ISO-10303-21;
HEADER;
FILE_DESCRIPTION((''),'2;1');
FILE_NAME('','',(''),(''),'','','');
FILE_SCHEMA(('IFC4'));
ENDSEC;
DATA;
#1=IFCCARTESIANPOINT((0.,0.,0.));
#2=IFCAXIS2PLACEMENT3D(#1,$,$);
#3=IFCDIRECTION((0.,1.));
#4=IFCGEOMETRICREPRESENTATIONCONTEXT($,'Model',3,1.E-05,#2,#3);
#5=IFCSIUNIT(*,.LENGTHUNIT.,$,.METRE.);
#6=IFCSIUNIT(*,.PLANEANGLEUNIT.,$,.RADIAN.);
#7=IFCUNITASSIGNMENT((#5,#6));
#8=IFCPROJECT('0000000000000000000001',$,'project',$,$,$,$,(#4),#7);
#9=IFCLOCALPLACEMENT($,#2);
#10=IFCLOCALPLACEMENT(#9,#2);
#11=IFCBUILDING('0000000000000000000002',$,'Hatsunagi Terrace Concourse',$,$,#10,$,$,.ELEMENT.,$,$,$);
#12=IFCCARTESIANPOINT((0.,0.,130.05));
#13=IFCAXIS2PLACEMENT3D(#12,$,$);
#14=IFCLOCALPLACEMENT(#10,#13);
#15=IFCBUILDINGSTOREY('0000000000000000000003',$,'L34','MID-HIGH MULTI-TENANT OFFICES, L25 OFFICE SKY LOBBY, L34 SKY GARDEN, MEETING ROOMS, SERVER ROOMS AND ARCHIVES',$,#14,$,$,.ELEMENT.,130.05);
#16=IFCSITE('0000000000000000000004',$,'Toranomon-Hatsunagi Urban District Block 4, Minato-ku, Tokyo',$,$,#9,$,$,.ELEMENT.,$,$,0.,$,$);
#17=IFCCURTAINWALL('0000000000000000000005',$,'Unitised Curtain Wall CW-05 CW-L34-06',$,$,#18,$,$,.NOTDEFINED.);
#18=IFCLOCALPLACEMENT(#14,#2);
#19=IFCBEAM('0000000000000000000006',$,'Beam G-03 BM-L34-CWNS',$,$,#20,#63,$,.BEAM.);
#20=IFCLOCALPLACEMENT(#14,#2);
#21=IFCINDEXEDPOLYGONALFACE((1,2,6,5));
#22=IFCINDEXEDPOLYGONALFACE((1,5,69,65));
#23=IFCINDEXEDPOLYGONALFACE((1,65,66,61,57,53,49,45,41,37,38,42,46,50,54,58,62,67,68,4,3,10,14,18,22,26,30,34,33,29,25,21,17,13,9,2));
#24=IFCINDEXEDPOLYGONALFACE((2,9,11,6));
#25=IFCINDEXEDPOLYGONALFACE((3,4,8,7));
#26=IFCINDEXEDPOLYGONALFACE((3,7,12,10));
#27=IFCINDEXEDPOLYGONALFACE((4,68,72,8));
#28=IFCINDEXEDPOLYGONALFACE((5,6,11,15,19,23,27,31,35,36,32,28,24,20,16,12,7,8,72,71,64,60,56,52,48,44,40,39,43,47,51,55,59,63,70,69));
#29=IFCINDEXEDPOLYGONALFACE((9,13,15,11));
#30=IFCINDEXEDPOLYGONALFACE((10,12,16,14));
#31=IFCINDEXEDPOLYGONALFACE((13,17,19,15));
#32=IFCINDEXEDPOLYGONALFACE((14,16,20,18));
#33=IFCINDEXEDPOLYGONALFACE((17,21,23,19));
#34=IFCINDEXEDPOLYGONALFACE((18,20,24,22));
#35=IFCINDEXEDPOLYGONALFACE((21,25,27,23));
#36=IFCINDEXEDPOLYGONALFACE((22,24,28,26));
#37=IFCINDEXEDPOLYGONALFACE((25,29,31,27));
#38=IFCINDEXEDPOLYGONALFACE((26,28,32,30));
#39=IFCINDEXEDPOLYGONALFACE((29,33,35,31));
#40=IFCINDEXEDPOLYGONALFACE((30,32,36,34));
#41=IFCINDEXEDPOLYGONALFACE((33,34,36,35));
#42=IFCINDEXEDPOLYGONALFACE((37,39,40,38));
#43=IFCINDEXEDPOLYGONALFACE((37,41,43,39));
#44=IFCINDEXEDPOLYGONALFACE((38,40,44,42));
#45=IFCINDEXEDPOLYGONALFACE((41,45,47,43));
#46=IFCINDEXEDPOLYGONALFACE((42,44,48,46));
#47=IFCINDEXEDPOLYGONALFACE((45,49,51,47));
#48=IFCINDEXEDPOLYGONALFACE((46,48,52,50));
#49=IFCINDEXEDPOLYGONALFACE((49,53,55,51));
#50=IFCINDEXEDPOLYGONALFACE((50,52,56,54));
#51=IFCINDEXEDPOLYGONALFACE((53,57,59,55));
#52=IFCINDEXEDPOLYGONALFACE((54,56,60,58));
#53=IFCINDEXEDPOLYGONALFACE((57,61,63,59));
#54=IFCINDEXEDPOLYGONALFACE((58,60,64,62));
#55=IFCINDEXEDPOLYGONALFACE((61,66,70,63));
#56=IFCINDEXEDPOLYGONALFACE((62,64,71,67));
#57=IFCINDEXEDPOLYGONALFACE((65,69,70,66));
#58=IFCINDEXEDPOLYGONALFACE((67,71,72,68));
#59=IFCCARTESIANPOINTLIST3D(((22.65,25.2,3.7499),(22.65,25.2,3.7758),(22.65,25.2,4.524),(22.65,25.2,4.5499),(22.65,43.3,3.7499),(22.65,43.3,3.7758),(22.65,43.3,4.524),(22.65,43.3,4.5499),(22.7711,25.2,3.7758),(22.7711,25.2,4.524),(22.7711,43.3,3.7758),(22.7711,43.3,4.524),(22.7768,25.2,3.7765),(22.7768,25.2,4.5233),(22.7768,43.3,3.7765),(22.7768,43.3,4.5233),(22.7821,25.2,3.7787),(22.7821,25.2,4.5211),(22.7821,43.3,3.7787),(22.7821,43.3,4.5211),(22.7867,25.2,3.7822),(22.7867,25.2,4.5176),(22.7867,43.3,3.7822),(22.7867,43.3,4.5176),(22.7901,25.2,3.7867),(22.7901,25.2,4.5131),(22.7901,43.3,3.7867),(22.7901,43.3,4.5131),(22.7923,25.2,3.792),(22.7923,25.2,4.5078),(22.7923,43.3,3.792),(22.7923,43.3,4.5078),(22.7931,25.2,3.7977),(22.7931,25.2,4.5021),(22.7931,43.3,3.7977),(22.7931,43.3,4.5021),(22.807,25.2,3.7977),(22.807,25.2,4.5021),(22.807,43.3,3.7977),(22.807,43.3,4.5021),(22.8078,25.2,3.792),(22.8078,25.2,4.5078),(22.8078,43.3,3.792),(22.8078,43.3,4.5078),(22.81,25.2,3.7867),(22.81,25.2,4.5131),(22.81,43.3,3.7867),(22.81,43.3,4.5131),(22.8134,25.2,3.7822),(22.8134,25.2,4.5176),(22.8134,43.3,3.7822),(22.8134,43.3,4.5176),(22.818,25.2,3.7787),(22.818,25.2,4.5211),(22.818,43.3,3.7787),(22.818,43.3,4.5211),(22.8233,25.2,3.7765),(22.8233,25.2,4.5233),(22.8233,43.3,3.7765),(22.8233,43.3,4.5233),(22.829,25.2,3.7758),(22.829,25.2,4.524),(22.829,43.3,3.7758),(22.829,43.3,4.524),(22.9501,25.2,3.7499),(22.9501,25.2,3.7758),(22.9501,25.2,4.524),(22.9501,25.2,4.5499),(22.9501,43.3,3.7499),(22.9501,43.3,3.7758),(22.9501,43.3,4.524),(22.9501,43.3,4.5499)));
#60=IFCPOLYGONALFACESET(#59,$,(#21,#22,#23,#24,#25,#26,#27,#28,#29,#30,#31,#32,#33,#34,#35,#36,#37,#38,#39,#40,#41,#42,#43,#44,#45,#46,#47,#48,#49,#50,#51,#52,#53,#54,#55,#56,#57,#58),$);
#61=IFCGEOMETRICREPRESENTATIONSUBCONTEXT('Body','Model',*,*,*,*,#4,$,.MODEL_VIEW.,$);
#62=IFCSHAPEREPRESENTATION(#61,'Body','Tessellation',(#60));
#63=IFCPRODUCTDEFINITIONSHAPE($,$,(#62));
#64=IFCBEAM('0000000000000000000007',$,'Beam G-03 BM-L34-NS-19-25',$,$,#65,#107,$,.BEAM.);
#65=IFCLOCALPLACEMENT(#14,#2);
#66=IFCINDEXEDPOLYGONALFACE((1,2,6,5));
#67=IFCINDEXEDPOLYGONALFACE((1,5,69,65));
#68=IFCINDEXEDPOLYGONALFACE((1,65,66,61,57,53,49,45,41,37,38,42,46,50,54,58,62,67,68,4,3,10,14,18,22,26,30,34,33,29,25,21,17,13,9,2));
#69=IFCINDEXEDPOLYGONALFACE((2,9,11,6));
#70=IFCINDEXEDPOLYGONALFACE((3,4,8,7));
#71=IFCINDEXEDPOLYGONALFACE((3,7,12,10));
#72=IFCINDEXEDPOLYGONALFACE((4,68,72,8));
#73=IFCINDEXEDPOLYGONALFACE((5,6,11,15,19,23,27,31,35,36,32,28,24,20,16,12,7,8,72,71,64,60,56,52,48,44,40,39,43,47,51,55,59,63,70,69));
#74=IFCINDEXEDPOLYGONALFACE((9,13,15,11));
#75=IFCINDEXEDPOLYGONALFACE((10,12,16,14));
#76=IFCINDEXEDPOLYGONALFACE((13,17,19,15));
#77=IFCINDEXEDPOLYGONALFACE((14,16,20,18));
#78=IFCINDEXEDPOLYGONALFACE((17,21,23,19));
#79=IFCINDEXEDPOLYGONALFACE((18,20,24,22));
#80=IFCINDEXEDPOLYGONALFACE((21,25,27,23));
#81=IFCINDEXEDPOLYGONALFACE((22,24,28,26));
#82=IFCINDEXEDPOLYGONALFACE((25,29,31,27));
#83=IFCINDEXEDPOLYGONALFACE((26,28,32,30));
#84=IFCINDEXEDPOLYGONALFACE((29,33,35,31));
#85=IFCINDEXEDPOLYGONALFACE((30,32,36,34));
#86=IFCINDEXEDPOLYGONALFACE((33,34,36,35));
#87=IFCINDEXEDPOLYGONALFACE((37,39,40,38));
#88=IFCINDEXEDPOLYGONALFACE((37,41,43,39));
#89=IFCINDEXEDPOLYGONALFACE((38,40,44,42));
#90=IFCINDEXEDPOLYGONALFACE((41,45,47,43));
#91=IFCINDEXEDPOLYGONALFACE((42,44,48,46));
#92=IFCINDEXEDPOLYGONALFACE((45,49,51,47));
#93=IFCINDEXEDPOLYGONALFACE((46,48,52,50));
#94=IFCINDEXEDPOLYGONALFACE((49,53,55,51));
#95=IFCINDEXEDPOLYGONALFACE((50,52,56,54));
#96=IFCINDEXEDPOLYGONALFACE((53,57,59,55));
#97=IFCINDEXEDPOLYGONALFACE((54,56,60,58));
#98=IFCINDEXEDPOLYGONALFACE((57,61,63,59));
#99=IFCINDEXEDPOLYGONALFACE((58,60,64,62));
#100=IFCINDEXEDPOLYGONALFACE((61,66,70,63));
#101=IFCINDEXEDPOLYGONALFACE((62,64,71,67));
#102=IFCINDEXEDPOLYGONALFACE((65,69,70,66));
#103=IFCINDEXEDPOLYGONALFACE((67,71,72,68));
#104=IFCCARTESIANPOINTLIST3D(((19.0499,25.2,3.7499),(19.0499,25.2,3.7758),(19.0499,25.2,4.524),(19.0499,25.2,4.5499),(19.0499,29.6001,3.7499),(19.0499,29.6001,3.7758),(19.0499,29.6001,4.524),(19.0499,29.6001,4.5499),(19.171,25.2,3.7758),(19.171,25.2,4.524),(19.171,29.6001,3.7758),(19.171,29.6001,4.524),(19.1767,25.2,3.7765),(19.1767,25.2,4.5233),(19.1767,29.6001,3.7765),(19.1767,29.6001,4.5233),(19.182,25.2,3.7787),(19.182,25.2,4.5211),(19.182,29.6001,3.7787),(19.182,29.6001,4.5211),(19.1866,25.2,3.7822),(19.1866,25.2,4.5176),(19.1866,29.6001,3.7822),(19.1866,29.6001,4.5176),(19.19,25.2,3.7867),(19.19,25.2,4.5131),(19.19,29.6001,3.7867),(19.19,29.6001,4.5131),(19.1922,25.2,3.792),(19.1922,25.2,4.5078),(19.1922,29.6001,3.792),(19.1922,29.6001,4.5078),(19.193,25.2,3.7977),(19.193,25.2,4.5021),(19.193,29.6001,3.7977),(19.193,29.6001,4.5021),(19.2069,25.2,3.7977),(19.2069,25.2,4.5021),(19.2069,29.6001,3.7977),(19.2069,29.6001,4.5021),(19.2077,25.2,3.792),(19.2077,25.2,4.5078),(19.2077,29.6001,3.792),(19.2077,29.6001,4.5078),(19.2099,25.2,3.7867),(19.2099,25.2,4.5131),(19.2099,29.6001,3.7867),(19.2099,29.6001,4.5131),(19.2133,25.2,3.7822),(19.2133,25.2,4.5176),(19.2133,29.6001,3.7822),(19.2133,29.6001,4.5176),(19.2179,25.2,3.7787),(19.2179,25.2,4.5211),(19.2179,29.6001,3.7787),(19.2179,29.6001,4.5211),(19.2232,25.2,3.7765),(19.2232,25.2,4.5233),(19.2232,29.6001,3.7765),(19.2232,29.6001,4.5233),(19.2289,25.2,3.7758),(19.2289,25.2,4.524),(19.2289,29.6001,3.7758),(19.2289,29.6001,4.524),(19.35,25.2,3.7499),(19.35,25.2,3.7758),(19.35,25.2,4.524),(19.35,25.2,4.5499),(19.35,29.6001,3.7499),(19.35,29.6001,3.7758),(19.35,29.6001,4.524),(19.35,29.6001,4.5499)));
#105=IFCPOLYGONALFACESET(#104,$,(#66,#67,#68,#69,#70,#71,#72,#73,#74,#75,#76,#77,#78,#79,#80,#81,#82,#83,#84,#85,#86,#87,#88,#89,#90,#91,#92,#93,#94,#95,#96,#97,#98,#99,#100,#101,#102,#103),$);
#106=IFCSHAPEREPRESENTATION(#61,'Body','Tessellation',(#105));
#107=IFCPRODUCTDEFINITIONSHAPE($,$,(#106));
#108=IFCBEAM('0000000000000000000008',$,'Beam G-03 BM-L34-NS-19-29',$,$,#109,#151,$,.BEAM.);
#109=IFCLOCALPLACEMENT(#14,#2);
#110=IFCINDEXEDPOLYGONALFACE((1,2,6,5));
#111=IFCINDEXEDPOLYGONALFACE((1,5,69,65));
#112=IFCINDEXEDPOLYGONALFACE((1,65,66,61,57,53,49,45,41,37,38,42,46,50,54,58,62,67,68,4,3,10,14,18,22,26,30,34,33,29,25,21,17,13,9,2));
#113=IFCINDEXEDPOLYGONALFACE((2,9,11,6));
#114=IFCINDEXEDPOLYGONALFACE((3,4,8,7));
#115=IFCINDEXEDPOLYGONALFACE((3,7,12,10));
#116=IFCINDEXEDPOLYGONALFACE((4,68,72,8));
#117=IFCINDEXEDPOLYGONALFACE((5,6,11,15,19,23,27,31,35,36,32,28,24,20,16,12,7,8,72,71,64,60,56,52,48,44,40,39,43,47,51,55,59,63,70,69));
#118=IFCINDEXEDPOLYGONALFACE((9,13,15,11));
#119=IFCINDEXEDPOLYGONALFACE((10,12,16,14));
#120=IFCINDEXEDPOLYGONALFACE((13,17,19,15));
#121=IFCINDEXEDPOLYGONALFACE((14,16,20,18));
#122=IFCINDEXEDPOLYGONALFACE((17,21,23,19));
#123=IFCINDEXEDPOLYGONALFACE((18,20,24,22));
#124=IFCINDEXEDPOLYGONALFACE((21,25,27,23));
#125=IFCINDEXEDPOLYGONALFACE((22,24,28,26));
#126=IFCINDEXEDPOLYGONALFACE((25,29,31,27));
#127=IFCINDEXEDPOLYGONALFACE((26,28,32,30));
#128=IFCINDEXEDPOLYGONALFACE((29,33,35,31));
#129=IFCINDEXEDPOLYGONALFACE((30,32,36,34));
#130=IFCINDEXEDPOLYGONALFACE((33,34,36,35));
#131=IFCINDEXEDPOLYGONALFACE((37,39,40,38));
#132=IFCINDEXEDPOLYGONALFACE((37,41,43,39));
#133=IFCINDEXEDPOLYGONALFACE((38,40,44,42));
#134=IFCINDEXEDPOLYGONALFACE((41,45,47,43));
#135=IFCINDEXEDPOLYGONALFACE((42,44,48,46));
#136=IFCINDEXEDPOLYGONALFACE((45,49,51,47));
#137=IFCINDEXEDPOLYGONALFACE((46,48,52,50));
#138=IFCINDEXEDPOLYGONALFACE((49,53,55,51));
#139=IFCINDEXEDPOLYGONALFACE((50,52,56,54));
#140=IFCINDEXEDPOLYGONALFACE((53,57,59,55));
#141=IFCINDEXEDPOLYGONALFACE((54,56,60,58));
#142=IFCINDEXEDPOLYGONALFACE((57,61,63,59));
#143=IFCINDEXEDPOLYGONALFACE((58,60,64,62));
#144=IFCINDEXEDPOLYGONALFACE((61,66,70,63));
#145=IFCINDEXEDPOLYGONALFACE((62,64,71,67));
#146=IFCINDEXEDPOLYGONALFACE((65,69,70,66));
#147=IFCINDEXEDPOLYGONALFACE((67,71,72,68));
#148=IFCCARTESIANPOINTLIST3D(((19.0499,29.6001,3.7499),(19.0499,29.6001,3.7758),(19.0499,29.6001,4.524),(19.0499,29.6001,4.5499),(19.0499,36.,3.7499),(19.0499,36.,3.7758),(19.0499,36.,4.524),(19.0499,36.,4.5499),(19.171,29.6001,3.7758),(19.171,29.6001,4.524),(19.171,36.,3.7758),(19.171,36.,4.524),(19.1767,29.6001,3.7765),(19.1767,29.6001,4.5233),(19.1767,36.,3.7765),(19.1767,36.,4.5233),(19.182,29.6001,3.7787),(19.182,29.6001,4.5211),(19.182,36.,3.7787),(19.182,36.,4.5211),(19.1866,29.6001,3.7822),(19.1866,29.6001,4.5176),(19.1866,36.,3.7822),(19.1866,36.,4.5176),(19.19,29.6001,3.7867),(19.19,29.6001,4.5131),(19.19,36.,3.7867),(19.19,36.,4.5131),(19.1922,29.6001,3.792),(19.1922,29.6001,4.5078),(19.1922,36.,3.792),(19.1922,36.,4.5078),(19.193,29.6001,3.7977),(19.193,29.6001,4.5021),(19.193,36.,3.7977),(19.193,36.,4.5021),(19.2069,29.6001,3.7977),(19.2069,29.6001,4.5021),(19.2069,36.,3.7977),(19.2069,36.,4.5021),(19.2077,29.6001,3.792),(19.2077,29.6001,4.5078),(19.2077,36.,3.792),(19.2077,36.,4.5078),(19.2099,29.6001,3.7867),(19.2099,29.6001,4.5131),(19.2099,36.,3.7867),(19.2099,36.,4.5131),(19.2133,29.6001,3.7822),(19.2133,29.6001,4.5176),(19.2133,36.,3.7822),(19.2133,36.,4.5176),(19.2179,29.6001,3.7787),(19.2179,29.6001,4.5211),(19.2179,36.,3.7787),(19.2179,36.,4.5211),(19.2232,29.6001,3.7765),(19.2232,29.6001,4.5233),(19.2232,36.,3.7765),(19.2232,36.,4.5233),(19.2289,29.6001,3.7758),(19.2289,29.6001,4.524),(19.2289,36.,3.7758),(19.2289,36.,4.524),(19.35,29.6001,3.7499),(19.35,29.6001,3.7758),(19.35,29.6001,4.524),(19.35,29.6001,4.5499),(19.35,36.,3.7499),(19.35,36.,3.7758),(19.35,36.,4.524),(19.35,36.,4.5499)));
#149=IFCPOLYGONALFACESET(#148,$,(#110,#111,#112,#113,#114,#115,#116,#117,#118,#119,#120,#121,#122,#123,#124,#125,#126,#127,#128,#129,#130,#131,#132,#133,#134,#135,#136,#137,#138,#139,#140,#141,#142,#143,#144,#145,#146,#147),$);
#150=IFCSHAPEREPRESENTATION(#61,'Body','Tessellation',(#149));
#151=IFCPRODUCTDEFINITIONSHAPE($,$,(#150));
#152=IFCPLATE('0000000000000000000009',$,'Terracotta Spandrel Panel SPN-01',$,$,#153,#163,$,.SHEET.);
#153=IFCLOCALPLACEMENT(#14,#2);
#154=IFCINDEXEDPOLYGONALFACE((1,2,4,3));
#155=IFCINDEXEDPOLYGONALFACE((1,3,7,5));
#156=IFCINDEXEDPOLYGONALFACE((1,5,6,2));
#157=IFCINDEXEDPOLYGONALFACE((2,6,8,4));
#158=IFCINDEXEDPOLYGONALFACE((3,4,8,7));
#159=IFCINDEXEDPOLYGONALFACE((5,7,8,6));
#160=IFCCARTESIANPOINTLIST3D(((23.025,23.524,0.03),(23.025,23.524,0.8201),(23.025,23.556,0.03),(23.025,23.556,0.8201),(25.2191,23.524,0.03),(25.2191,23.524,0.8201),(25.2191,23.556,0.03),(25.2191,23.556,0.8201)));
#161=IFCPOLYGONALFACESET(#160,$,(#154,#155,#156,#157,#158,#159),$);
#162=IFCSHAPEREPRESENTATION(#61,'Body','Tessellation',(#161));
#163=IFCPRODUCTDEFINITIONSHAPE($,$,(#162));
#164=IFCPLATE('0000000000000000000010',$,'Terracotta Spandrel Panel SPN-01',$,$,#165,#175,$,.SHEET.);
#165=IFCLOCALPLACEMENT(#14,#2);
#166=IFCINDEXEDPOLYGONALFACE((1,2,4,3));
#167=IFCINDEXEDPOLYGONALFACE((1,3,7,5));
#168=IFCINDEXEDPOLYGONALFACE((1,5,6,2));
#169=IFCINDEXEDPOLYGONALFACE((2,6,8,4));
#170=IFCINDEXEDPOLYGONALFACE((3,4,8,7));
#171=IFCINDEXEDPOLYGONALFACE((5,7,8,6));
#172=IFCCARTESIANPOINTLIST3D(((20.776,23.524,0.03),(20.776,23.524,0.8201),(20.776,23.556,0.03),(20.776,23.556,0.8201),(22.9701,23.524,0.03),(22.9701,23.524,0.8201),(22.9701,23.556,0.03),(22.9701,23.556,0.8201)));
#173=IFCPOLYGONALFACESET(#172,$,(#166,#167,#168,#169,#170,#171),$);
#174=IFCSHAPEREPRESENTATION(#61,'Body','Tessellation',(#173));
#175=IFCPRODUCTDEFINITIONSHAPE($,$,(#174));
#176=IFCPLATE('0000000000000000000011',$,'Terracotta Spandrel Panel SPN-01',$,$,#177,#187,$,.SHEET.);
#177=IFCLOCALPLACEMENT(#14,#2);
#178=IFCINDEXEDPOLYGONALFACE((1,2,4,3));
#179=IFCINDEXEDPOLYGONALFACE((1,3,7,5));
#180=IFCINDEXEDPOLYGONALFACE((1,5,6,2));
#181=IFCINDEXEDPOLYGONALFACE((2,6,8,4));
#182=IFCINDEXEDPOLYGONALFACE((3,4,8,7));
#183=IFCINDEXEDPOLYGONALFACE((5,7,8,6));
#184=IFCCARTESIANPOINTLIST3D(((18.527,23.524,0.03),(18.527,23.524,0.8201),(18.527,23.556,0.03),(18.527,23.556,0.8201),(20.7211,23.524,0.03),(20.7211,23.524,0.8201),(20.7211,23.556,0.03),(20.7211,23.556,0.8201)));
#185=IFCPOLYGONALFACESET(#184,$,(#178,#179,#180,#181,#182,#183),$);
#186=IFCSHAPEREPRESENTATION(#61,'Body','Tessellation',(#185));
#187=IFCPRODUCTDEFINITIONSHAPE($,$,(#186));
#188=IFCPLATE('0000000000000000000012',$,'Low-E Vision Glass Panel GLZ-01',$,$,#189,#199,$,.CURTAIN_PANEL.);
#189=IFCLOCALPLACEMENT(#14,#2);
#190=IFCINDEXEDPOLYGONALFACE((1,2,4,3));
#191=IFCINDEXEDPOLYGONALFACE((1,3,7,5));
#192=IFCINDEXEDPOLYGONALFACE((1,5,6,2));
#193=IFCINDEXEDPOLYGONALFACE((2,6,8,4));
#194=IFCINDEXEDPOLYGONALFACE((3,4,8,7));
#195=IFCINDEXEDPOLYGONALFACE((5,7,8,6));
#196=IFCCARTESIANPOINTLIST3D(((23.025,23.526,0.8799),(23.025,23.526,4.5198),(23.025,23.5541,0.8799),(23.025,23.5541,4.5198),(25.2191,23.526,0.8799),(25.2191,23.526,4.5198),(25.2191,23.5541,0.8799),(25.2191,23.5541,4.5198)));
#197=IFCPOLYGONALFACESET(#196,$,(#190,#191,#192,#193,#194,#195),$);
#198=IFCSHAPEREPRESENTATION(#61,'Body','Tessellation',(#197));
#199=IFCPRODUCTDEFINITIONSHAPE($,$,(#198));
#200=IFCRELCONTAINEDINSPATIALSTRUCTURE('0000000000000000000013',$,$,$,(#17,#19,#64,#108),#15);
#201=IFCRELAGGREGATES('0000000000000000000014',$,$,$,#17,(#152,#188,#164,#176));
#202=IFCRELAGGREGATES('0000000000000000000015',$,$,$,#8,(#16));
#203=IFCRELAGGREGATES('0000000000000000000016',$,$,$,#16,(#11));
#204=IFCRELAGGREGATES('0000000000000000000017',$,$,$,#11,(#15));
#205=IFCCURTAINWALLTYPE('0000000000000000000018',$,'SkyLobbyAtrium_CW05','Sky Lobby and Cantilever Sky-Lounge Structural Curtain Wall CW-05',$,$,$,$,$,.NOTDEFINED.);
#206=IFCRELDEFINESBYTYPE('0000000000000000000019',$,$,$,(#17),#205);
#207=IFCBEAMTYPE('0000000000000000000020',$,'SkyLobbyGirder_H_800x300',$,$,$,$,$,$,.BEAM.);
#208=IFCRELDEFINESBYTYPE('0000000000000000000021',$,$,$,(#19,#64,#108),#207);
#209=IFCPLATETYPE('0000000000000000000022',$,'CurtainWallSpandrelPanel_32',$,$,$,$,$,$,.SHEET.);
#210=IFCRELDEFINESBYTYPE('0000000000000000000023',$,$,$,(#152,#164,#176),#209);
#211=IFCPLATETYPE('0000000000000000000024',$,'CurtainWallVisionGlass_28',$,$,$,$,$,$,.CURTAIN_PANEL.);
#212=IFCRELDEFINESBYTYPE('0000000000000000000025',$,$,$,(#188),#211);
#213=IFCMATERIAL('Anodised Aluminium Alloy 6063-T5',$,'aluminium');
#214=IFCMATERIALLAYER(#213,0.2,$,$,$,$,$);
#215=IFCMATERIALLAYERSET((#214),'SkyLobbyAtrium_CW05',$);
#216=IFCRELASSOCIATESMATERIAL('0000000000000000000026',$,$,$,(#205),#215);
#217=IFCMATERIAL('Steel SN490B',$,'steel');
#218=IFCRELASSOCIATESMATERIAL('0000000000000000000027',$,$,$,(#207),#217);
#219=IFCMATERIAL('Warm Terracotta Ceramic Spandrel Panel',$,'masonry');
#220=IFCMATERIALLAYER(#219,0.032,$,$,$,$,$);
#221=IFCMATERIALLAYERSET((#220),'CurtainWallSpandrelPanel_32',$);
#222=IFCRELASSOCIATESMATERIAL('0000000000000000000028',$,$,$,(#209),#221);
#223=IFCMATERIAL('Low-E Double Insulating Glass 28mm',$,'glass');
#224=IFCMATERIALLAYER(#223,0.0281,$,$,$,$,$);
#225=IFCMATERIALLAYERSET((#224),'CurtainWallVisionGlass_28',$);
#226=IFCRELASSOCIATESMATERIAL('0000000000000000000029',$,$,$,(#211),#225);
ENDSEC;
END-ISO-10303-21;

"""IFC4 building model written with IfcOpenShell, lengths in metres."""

from ifc_helpers import new_model, si_unit, direction, frame, origin, origin_2d, place, context, subcontext, project, spatial, rectangle, i_section, extrude, material, layer, layer_set, material_profile, profile_set, type_object, element, aggregate, save


model = new_model("IFC4")

# Units and contexts
model_context = context("Model", 3, precision=1e-05, world=origin(), true_north=direction((0.0, 1.0)))
body_context = subcontext(model_context, "Body", "Model", "MODEL_VIEW")
ifc_project = project(units=[si_unit("LENGTHUNIT", "METRE"), si_unit("PLANEANGLEUNIT", "RADIAN")], contexts=[model_context])

# Site, building, storey
site_placement = place(None, origin())
site = spatial("IfcSite", under=ifc_project, at=site_placement, Name="Toranomon-Hatsunagi Urban District Block 4, Minato-ku, Tokyo", CompositionType="ELEMENT", RefElevation=0.0)
building_placement = place(site_placement, origin())
building = spatial("IfcBuilding", under=site, at=building_placement, Name="Hatsunagi Terrace Concourse", CompositionType="ELEMENT")
storey_placement = place(building_placement, frame((0.0, 0.0, 130.05)))
storey = spatial("IfcBuildingStorey", under=building, at=storey_placement, Name="L34", Description="MID-HIGH MULTI-TENANT OFFICES, L25 OFFICE SKY LOBBY, L34 SKY GARDEN, MEETING ROOMS, SERVER ROOMS AND ARCHIVES", CompositionType="ELEMENT", Elevation=130.05)

# Shared definitions
ifc_material_1 = material(Name="Anodised Aluminium Alloy 6063-T5", Category="aluminium")
ifc_layer_1 = layer(ifc_material_1, 0.2)
ifc_layer_set_1 = layer_set([ifc_layer_1], Name="SkyLobbyAtrium_CW05")
curtain_wall_type = type_object("IfcCurtainWallType", Name="SkyLobbyAtrium_CW05", Description="Sky Lobby and Cantilever Sky-Lounge Structural Curtain Wall CW-05", PredefinedType="NOTDEFINED", material=ifc_layer_set_1)

# Curtain wall
curtain_wall_1_placement = place(storey_placement, origin())
curtain_wall_1 = element("IfcCurtainWall", 1, at=curtain_wall_1_placement, inside=storey, type_object=curtain_wall_type, Name="Unitised Curtain Wall CW-05 CW-L34-06", PredefinedType="NOTDEFINED")

# Beams
ifc_material_2 = material(Name="Steel SN490B", Category="steel")
ifc_material_profile_1 = material_profile(ifc_material_2, i_section(OverallWidth=0.3, OverallDepth=0.8, WebThickness=0.0139, FlangeThickness=0.0259, FilletRadius=0.022, at=origin_2d()), Name="H-800x300x14x26")
ifc_profile_set_1 = profile_set([ifc_material_profile_1], Name="Steel SN490B")
beam_type_1 = type_object("IfcBeamType", Name="SkyLobbyGirder_H_800x300", PredefinedType="BEAM", material=ifc_profile_set_1)
beam_1_placement = place(storey_placement, frame((22.8, 25.2, 4.1499), z_axis=(0.0, 1.0, 0.0), x_axis=(-1.0, 0.0, 0.0)))
element("IfcBeam", 2, at=beam_1_placement, inside=storey, type_object=beam_type_1, Name="Beam G-03 BM-L34-CWNS", PredefinedType="BEAM", context=body_context, shape_type="SweptSolid", body=[
    extrude(i_section(OverallWidth=0.3, OverallDepth=0.8, WebThickness=0.0139, FlangeThickness=0.0259, FilletRadius=0.022, at=origin_2d()), origin(), (0.0, 0.0, 1.0), 18.1001),
])
beam_2_placement = place(storey_placement, frame((19.2, 25.2, 4.1499), z_axis=(0.0, 1.0, 0.0), x_axis=(-1.0, 0.0, 0.0)))
element("IfcBeam", 3, at=beam_2_placement, inside=storey, type_object=beam_type_1, Name="Beam G-03 BM-L34-NS-19-25", PredefinedType="BEAM", context=body_context, shape_type="SweptSolid", body=[
    extrude(i_section(OverallWidth=0.3, OverallDepth=0.8, WebThickness=0.0139, FlangeThickness=0.0259, FilletRadius=0.022, at=origin_2d()), origin(), (0.0, 0.0, 1.0), 4.4001),
])
beam_3_placement = place(storey_placement, frame((19.2, 29.6001, 4.1499), z_axis=(0.0, 1.0, 0.0), x_axis=(-1.0, 0.0, 0.0)))
element("IfcBeam", 4, at=beam_3_placement, inside=storey, type_object=beam_type_1, Name="Beam G-03 BM-L34-NS-19-29", PredefinedType="BEAM", context=body_context, shape_type="SweptSolid", body=[
    extrude(i_section(OverallWidth=0.3, OverallDepth=0.8, WebThickness=0.0139, FlangeThickness=0.0259, FilletRadius=0.022, at=origin_2d()), origin(), (0.0, 0.0, 1.0), 6.3999),
])

# Plates
ifc_material_3 = material(Name="Warm Terracotta Ceramic Spandrel Panel", Category="masonry")
ifc_layer_2 = layer(ifc_material_3, 0.032)
ifc_layer_set_2 = layer_set([ifc_layer_2], Name="CurtainWallSpandrelPanel_32")
plate_type_1 = type_object("IfcPlateType", Name="CurtainWallSpandrelPanel_32", PredefinedType="SHEET", material=ifc_layer_set_2)
plate_1_placement = place(storey_placement, frame((24.1221, 23.54, 0.03), z_axis=(0.0, 0.0, 1.0), x_axis=(-1.0, 0.0, 0.0)))
plate_1 = element("IfcPlate", 5, at=plate_1_placement, type_object=plate_type_1, Name="Terracotta Spandrel Panel SPN-01", PredefinedType="SHEET", context=body_context, shape_type="SweptSolid", body=[
    extrude(rectangle(XDim=2.1941, YDim=0.032, at=origin_2d()), origin(), (0.0, 0.0, 1.0), 0.79),
])
plate_2_placement = place(storey_placement, frame((21.873, 23.54, 0.03), z_axis=(0.0, 0.0, 1.0), x_axis=(-1.0, 0.0, 0.0)))
plate_2 = element("IfcPlate", 6, at=plate_2_placement, type_object=plate_type_1, Name="Terracotta Spandrel Panel SPN-01", PredefinedType="SHEET", context=body_context, shape_type="SweptSolid", body=[
    extrude(rectangle(XDim=2.1941, YDim=0.032, at=origin_2d()), origin(), (0.0, 0.0, 1.0), 0.79),
])
plate_3_placement = place(storey_placement, frame((19.624, 23.54, 0.03), z_axis=(0.0, 0.0, 1.0), x_axis=(-1.0, 0.0, 0.0)))
plate_3 = element("IfcPlate", 7, at=plate_3_placement, type_object=plate_type_1, Name="Terracotta Spandrel Panel SPN-01", PredefinedType="SHEET", context=body_context, shape_type="SweptSolid", body=[
    extrude(rectangle(XDim=2.1941, YDim=0.032, at=origin_2d()), origin(), (0.0, 0.0, 1.0), 0.79),
])
ifc_material_4 = material(Name="Low-E Double Insulating Glass 28mm", Category="glass")
ifc_layer_3 = layer(ifc_material_4, 0.0281)
ifc_layer_set_3 = layer_set([ifc_layer_3], Name="CurtainWallVisionGlass_28")
plate_type_2 = type_object("IfcPlateType", Name="CurtainWallVisionGlass_28", PredefinedType="CURTAIN_PANEL", material=ifc_layer_set_3)
plate_4_placement = place(storey_placement, frame((24.1221, 23.54, 0.8799), z_axis=(0.0, 0.0, 1.0), x_axis=(-1.0, 0.0, 0.0)))
plate_4 = element("IfcPlate", 8, at=plate_4_placement, type_object=plate_type_2, Name="Low-E Vision Glass Panel GLZ-01", PredefinedType="CURTAIN_PANEL", context=body_context, shape_type="SweptSolid", body=[
    extrude(rectangle(XDim=2.1941, YDim=0.0281, at=origin_2d()), origin(), (0.0, 0.0, 1.0), 3.6399),
])
aggregate(curtain_wall_1, [plate_1, plate_4, plate_2, plate_3])

save(model, "model.ifc")
